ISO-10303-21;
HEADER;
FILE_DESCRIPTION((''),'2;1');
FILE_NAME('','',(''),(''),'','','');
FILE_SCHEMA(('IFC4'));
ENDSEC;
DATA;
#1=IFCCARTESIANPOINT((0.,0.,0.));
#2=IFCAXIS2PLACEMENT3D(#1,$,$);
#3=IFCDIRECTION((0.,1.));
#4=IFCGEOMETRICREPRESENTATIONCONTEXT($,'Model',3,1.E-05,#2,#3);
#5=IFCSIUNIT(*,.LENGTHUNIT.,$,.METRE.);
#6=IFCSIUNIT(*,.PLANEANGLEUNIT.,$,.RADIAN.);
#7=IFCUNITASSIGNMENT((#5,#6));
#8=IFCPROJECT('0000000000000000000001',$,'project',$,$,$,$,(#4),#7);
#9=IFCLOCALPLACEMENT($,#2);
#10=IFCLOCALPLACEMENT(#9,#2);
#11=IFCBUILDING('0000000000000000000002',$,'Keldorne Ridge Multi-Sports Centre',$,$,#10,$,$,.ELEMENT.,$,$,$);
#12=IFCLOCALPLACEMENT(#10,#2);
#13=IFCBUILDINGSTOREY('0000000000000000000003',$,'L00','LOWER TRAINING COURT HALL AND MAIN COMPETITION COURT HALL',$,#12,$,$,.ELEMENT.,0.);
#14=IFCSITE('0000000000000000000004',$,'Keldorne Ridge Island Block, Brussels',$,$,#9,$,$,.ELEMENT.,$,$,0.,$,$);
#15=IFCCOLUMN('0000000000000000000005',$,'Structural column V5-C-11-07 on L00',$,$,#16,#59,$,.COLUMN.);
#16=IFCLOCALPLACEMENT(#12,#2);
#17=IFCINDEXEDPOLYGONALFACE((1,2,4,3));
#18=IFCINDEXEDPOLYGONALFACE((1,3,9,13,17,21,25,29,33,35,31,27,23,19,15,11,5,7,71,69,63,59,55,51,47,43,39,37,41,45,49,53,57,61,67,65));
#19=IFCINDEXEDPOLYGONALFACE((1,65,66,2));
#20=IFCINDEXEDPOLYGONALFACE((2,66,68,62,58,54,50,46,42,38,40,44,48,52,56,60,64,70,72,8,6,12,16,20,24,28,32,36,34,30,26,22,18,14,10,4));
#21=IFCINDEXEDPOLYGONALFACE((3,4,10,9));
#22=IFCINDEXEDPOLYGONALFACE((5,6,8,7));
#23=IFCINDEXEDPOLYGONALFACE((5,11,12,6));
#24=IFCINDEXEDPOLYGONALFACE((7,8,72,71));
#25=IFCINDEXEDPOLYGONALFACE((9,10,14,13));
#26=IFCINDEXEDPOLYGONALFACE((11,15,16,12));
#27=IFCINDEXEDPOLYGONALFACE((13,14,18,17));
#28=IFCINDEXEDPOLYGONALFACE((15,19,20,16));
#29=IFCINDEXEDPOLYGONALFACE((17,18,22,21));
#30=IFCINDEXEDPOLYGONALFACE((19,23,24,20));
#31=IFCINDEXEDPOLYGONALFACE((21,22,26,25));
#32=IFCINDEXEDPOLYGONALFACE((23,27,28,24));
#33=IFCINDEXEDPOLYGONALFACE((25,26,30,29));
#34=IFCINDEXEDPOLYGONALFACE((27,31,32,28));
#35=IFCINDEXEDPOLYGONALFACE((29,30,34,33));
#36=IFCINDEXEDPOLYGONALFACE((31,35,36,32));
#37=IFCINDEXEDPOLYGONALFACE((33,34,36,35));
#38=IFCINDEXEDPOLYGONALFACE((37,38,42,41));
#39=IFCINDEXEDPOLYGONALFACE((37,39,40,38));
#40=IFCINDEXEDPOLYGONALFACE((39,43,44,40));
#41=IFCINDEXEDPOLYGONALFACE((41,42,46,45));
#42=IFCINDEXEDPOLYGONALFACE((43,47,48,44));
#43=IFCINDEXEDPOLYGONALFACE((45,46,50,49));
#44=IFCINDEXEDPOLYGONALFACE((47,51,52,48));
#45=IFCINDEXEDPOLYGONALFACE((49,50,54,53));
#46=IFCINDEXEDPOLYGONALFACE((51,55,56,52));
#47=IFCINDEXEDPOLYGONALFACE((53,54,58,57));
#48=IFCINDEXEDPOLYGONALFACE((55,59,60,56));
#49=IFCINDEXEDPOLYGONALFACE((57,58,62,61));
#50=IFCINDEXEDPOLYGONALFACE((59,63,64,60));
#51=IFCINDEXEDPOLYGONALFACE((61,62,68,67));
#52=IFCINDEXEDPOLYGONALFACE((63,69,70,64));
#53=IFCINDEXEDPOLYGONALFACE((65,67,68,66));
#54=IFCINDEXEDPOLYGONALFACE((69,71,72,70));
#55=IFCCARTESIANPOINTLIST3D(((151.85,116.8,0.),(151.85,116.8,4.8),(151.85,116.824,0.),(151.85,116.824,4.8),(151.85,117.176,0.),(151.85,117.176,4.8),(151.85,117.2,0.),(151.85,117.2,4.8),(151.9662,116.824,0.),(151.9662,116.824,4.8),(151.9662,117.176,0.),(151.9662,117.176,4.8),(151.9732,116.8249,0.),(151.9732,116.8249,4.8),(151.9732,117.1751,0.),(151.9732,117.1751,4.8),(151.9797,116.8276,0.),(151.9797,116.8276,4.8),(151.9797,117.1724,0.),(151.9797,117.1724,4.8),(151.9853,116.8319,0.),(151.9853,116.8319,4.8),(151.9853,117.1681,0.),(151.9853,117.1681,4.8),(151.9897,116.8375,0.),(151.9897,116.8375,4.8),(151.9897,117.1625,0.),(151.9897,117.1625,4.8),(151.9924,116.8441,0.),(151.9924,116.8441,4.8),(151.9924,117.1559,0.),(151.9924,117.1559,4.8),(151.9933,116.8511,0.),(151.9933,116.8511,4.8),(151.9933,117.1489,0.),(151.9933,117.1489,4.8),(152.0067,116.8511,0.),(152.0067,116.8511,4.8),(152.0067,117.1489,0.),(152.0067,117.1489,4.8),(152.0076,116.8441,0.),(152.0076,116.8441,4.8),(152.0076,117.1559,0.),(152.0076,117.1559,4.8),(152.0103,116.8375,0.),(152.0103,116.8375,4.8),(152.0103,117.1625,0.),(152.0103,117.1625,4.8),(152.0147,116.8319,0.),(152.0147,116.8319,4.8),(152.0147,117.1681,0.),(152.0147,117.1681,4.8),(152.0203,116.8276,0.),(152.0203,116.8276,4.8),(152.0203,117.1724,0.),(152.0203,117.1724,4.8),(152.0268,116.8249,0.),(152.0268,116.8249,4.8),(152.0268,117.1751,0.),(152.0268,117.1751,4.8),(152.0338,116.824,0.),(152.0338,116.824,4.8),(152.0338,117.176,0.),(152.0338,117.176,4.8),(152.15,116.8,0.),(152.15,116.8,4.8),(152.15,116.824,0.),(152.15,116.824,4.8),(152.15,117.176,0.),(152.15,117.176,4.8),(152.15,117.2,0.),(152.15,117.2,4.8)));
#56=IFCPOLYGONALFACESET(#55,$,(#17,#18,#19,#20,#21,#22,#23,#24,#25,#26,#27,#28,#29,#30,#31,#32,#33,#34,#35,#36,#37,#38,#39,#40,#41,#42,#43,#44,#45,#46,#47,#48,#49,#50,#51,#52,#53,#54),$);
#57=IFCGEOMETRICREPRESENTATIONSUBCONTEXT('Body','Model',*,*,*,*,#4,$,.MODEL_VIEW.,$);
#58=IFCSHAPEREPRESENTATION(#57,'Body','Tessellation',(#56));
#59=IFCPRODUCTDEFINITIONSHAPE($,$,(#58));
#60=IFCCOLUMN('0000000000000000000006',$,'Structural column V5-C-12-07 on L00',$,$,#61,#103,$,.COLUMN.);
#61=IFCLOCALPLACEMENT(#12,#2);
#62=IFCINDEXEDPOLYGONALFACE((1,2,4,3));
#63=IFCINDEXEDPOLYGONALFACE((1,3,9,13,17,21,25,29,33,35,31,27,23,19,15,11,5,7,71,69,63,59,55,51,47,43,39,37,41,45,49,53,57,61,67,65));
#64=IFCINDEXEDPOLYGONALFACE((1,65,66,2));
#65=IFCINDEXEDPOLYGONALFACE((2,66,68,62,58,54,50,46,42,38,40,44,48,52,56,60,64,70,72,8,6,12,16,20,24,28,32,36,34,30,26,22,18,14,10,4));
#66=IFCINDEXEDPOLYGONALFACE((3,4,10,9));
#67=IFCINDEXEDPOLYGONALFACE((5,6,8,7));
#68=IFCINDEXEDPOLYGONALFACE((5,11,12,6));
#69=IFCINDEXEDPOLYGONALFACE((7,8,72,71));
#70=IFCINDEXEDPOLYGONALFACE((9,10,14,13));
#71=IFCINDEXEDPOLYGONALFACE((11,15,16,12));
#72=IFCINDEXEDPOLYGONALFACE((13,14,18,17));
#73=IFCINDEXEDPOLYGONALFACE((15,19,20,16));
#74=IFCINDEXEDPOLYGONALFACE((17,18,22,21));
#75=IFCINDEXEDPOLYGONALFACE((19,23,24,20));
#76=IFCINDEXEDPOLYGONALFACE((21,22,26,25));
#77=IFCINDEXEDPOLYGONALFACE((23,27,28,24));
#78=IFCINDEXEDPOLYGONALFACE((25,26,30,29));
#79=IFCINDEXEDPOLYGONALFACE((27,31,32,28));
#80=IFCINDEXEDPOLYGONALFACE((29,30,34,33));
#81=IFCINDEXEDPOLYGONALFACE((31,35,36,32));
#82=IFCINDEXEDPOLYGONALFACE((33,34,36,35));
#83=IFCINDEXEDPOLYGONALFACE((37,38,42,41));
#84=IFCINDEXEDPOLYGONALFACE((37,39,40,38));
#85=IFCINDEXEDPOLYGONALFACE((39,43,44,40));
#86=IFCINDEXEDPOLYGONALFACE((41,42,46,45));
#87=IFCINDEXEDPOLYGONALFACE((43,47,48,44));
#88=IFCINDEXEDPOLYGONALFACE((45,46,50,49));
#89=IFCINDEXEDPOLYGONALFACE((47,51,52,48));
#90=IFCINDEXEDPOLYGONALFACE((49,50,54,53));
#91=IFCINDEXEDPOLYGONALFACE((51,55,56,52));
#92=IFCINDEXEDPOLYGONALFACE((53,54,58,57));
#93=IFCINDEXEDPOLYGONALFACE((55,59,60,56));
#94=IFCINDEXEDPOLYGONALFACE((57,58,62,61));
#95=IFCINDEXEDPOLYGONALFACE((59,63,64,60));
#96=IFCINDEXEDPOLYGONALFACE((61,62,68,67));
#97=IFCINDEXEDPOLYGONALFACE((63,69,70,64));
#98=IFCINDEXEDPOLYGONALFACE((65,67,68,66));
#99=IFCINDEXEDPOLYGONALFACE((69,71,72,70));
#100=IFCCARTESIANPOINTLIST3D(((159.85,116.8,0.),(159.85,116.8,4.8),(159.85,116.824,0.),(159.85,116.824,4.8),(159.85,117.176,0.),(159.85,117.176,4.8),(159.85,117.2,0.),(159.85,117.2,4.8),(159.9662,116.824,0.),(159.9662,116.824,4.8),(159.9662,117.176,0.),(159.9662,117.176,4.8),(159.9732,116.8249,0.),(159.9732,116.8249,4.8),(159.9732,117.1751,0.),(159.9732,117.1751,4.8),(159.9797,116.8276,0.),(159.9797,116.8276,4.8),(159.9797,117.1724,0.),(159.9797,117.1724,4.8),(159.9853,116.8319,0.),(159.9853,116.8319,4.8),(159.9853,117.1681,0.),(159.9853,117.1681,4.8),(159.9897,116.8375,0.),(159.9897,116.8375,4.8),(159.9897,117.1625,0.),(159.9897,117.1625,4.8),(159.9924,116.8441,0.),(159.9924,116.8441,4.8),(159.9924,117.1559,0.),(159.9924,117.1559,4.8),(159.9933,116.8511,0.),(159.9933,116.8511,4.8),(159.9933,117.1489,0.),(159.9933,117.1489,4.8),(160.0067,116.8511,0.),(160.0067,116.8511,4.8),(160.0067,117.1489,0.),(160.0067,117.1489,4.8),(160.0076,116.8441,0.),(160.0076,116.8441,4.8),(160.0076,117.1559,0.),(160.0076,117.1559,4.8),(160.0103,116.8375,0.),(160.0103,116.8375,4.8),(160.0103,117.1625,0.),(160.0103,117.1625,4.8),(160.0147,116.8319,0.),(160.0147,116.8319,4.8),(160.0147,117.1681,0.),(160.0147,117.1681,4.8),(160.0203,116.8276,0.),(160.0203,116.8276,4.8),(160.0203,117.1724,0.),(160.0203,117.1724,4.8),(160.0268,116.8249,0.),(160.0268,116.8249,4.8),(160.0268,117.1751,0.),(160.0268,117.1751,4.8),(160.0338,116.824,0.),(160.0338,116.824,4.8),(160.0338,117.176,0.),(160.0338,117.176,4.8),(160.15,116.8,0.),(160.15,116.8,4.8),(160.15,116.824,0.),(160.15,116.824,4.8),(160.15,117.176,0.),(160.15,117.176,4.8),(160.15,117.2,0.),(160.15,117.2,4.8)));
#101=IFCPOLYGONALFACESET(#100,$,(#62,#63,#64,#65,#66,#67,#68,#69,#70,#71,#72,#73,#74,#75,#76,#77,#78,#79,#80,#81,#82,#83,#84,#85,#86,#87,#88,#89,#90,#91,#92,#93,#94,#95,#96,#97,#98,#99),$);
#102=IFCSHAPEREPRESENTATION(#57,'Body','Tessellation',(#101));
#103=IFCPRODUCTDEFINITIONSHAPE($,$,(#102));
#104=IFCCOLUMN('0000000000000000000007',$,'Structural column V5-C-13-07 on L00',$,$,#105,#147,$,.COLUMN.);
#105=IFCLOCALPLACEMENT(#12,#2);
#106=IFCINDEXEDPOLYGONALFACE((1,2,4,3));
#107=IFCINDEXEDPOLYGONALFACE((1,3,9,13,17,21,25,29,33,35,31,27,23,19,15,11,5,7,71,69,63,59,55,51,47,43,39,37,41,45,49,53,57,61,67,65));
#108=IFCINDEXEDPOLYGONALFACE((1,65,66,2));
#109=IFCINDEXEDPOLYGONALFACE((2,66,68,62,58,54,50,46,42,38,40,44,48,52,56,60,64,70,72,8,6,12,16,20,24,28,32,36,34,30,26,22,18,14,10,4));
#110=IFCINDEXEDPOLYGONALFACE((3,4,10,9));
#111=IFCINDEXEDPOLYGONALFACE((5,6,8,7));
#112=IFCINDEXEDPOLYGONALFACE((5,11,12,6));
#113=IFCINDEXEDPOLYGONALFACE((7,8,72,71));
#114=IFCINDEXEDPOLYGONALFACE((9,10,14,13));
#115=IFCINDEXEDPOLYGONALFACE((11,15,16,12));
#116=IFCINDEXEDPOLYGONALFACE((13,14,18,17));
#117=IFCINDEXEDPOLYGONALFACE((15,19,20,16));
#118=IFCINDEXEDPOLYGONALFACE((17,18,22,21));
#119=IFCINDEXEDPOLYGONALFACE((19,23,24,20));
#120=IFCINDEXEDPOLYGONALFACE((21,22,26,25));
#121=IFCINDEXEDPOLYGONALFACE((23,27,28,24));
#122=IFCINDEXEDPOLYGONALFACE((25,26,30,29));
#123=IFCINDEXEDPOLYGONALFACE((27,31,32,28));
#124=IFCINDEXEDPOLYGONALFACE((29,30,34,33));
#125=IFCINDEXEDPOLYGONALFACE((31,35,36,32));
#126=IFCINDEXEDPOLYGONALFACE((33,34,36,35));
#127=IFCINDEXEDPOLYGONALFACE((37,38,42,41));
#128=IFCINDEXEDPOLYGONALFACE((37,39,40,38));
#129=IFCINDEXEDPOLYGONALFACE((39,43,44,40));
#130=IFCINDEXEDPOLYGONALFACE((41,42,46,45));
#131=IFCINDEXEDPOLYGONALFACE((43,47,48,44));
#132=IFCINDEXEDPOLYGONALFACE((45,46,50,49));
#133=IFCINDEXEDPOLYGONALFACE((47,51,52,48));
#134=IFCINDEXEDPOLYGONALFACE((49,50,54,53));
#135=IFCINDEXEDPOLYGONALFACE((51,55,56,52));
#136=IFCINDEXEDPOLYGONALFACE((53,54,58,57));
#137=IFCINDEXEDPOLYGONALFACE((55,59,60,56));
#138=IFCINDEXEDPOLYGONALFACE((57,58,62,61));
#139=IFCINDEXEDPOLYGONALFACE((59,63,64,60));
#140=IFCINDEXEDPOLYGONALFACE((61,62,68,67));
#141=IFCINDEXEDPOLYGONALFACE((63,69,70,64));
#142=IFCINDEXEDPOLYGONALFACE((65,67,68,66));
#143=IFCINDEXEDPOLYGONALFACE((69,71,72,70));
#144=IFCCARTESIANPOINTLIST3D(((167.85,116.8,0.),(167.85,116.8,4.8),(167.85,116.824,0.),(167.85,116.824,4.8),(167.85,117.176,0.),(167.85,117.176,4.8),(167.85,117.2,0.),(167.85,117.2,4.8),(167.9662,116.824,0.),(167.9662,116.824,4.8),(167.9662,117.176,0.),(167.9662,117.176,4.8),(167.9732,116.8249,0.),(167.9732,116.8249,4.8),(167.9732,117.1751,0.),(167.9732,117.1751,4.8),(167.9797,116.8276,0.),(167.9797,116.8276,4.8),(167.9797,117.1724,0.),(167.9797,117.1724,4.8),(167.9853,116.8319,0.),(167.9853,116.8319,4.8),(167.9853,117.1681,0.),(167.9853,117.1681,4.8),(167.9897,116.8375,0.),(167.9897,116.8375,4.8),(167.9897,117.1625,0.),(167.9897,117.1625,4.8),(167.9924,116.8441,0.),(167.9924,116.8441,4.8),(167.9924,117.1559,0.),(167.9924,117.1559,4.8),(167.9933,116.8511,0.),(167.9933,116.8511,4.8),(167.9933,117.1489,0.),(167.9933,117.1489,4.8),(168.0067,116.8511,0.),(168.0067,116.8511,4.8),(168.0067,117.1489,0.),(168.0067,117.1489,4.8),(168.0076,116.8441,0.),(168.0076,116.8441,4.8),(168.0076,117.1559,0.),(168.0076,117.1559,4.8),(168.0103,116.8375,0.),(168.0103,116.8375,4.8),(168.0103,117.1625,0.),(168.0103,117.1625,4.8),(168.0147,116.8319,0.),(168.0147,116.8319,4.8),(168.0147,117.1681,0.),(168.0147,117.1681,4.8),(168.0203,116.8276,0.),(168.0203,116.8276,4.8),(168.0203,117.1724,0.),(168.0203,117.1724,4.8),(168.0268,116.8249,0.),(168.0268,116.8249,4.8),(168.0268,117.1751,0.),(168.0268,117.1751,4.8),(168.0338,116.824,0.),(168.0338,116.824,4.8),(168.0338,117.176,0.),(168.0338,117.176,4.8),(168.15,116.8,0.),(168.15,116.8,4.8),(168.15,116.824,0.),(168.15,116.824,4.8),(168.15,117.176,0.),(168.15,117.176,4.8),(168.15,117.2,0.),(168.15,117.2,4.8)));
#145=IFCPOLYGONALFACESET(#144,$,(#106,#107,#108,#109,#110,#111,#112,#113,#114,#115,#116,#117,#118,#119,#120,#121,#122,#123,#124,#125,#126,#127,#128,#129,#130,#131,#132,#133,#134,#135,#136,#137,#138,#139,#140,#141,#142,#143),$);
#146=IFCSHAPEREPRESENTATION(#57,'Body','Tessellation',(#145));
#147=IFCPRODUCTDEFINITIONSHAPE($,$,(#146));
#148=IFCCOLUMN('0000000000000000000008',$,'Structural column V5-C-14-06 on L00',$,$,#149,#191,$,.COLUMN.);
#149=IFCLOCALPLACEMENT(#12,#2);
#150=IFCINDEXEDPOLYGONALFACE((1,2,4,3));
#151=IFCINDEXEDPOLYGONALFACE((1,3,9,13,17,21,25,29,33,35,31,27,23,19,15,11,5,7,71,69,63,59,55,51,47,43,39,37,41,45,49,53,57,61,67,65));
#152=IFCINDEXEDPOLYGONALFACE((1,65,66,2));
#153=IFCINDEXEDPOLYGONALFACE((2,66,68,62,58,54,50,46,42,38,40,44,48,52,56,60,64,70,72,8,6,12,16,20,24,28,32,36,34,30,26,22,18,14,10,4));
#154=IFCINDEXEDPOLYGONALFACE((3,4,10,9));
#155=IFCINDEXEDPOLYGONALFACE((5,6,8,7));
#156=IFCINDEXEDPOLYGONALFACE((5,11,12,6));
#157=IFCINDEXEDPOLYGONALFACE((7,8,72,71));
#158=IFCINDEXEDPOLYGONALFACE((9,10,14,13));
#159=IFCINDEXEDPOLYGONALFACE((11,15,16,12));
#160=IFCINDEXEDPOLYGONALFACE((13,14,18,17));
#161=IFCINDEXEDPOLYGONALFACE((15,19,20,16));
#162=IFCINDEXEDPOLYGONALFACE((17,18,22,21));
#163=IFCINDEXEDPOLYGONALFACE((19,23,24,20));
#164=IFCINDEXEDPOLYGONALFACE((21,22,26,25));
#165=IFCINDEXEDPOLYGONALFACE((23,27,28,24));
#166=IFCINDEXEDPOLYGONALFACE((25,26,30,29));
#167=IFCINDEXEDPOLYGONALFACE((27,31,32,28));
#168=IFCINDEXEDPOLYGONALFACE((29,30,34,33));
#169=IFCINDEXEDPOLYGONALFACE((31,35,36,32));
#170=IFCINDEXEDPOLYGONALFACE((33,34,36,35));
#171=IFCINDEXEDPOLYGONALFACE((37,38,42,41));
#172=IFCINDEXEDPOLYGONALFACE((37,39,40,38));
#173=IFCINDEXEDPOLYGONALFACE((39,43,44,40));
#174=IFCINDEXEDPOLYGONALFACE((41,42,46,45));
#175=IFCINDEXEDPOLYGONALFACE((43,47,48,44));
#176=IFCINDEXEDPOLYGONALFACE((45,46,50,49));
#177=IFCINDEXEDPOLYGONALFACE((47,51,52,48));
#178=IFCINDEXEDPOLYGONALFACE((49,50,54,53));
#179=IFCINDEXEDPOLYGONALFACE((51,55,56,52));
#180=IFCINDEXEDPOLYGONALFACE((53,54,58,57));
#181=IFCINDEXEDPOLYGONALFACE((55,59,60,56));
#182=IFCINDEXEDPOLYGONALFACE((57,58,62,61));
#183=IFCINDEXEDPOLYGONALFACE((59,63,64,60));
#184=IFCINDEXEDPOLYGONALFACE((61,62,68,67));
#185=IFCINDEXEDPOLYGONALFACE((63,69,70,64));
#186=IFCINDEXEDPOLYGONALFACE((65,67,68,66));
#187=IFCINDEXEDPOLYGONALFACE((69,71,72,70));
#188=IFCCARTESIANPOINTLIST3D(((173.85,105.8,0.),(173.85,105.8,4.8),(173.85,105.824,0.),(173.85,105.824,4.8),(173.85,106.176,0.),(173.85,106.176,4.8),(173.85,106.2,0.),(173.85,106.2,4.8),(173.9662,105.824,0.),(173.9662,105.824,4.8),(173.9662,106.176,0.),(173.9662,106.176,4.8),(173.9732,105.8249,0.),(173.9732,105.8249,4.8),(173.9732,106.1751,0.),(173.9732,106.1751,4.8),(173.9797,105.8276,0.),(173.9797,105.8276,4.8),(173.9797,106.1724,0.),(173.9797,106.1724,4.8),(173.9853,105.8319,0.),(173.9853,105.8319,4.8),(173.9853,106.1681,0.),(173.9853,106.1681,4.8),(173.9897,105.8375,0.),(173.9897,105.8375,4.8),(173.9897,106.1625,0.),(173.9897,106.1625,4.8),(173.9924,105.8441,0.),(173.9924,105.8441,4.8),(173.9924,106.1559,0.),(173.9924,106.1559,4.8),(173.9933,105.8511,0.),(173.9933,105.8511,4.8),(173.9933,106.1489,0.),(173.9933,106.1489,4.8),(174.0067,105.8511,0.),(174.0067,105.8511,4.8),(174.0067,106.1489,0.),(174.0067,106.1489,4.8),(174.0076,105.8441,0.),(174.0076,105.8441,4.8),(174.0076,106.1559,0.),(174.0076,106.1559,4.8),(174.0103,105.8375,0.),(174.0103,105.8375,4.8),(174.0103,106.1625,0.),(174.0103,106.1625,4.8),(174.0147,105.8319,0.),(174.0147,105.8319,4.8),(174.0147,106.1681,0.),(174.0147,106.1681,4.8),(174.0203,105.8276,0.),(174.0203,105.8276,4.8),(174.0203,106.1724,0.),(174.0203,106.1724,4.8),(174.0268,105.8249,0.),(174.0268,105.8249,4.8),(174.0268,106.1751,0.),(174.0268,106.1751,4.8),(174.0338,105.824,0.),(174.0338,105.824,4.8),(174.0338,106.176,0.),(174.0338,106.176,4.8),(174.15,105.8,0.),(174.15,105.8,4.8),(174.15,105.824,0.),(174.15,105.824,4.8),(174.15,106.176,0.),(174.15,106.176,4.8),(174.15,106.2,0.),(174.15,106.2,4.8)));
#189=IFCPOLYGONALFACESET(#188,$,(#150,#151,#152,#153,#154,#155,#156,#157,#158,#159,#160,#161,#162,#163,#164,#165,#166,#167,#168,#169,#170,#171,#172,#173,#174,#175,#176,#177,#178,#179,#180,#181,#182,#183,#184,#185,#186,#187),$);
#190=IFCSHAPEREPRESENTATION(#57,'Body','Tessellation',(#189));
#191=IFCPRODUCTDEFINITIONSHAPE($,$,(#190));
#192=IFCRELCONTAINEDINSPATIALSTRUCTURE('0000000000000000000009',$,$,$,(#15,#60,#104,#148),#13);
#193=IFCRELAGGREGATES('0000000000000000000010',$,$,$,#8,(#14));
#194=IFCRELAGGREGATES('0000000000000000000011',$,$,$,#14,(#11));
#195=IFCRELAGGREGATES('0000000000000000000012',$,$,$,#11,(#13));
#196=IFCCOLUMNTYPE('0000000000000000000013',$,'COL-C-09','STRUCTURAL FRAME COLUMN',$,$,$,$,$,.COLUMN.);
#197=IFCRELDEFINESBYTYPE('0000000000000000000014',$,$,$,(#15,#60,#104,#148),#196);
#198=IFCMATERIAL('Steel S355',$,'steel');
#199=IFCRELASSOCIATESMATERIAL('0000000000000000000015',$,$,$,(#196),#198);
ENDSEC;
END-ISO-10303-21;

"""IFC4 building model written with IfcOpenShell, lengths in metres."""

from ifc_helpers import new_model, si_unit, direction, frame, origin, origin_2d, place, context, subcontext, project, spatial, i_section, extrude, material, material_profile, profile_set, type_object, element, save


model = new_model("IFC4")

# Units and contexts
model_context = context("Model", 3, precision=1e-05, world=origin(), true_north=direction((0.0, 1.0)))
body_context = subcontext(model_context, "Body", "Model", "MODEL_VIEW")
ifc_project = project(units=[si_unit("LENGTHUNIT", "METRE"), si_unit("PLANEANGLEUNIT", "RADIAN")], contexts=[model_context])

# Site, building, storey
site_placement = place(None, origin())
site = spatial("IfcSite", under=ifc_project, at=site_placement, Name="Keldorne Ridge Island Block, Brussels", CompositionType="ELEMENT", RefElevation=0.0)
building_placement = place(site_placement, origin())
building = spatial("IfcBuilding", under=site, at=building_placement, Name="Keldorne Ridge Multi-Sports Centre", CompositionType="ELEMENT")
storey_placement = place(building_placement, origin())
storey = spatial("IfcBuildingStorey", under=building, at=storey_placement, Name="L00", Description="LOWER TRAINING COURT HALL AND MAIN COMPETITION COURT HALL", CompositionType="ELEMENT", Elevation=0.0)

# Columns
ifc_material_1 = material(Name="Steel S355", Category="steel")
ifc_material_profile_1 = material_profile(ifc_material_1, i_section(OverallWidth=0.3, OverallDepth=0.3999, WebThickness=0.0134, FlangeThickness=0.0239, FilletRadius=0.0271, at=origin_2d()), Name="HEB 400")
ifc_profile_set_1 = profile_set([ifc_material_profile_1], Name="Steel S355")
column_type = type_object("IfcColumnType", Name="COL-C-09", Description="STRUCTURAL FRAME COLUMN", PredefinedType="COLUMN", material=ifc_profile_set_1)
for number, where, z_axis, x_axis, name in (
    (1, (152.0, 117.0, 0.0), (0.0, 0.0, 1.0), (1.0, 0.0, 0.0), "Structural column V5-C-11-07 on L00"),
    (2, (160.0, 117.0, 0.0), (0.0, 0.0, 1.0), (1.0, 0.0, 0.0), "Structural column V5-C-12-07 on L00"),
    (3, (168.0, 117.0, 0.0), (0.0, 0.0, 1.0), (1.0, 0.0, 0.0), "Structural column V5-C-13-07 on L00"),
    (4, (174.0, 106.0, 0.0), (0.0, 0.0, 1.0), (1.0, 0.0, 0.0), "Structural column V5-C-14-06 on L00"),
):
    element("IfcColumn", number, at=place(storey_placement, frame(where, z_axis=z_axis, x_axis=x_axis)), inside=storey, type_object=column_type, Name=name, PredefinedType="COLUMN", context=body_context, shape_type="SweptSolid", body=[
        extrude(i_section(OverallWidth=0.3, OverallDepth=0.3999, WebThickness=0.0134, FlangeThickness=0.0239, FilletRadius=0.0271, at=origin_2d()), origin(), (0.0, 0.0, 1.0), 4.8),
    ])

save(model, "model.ifc")
